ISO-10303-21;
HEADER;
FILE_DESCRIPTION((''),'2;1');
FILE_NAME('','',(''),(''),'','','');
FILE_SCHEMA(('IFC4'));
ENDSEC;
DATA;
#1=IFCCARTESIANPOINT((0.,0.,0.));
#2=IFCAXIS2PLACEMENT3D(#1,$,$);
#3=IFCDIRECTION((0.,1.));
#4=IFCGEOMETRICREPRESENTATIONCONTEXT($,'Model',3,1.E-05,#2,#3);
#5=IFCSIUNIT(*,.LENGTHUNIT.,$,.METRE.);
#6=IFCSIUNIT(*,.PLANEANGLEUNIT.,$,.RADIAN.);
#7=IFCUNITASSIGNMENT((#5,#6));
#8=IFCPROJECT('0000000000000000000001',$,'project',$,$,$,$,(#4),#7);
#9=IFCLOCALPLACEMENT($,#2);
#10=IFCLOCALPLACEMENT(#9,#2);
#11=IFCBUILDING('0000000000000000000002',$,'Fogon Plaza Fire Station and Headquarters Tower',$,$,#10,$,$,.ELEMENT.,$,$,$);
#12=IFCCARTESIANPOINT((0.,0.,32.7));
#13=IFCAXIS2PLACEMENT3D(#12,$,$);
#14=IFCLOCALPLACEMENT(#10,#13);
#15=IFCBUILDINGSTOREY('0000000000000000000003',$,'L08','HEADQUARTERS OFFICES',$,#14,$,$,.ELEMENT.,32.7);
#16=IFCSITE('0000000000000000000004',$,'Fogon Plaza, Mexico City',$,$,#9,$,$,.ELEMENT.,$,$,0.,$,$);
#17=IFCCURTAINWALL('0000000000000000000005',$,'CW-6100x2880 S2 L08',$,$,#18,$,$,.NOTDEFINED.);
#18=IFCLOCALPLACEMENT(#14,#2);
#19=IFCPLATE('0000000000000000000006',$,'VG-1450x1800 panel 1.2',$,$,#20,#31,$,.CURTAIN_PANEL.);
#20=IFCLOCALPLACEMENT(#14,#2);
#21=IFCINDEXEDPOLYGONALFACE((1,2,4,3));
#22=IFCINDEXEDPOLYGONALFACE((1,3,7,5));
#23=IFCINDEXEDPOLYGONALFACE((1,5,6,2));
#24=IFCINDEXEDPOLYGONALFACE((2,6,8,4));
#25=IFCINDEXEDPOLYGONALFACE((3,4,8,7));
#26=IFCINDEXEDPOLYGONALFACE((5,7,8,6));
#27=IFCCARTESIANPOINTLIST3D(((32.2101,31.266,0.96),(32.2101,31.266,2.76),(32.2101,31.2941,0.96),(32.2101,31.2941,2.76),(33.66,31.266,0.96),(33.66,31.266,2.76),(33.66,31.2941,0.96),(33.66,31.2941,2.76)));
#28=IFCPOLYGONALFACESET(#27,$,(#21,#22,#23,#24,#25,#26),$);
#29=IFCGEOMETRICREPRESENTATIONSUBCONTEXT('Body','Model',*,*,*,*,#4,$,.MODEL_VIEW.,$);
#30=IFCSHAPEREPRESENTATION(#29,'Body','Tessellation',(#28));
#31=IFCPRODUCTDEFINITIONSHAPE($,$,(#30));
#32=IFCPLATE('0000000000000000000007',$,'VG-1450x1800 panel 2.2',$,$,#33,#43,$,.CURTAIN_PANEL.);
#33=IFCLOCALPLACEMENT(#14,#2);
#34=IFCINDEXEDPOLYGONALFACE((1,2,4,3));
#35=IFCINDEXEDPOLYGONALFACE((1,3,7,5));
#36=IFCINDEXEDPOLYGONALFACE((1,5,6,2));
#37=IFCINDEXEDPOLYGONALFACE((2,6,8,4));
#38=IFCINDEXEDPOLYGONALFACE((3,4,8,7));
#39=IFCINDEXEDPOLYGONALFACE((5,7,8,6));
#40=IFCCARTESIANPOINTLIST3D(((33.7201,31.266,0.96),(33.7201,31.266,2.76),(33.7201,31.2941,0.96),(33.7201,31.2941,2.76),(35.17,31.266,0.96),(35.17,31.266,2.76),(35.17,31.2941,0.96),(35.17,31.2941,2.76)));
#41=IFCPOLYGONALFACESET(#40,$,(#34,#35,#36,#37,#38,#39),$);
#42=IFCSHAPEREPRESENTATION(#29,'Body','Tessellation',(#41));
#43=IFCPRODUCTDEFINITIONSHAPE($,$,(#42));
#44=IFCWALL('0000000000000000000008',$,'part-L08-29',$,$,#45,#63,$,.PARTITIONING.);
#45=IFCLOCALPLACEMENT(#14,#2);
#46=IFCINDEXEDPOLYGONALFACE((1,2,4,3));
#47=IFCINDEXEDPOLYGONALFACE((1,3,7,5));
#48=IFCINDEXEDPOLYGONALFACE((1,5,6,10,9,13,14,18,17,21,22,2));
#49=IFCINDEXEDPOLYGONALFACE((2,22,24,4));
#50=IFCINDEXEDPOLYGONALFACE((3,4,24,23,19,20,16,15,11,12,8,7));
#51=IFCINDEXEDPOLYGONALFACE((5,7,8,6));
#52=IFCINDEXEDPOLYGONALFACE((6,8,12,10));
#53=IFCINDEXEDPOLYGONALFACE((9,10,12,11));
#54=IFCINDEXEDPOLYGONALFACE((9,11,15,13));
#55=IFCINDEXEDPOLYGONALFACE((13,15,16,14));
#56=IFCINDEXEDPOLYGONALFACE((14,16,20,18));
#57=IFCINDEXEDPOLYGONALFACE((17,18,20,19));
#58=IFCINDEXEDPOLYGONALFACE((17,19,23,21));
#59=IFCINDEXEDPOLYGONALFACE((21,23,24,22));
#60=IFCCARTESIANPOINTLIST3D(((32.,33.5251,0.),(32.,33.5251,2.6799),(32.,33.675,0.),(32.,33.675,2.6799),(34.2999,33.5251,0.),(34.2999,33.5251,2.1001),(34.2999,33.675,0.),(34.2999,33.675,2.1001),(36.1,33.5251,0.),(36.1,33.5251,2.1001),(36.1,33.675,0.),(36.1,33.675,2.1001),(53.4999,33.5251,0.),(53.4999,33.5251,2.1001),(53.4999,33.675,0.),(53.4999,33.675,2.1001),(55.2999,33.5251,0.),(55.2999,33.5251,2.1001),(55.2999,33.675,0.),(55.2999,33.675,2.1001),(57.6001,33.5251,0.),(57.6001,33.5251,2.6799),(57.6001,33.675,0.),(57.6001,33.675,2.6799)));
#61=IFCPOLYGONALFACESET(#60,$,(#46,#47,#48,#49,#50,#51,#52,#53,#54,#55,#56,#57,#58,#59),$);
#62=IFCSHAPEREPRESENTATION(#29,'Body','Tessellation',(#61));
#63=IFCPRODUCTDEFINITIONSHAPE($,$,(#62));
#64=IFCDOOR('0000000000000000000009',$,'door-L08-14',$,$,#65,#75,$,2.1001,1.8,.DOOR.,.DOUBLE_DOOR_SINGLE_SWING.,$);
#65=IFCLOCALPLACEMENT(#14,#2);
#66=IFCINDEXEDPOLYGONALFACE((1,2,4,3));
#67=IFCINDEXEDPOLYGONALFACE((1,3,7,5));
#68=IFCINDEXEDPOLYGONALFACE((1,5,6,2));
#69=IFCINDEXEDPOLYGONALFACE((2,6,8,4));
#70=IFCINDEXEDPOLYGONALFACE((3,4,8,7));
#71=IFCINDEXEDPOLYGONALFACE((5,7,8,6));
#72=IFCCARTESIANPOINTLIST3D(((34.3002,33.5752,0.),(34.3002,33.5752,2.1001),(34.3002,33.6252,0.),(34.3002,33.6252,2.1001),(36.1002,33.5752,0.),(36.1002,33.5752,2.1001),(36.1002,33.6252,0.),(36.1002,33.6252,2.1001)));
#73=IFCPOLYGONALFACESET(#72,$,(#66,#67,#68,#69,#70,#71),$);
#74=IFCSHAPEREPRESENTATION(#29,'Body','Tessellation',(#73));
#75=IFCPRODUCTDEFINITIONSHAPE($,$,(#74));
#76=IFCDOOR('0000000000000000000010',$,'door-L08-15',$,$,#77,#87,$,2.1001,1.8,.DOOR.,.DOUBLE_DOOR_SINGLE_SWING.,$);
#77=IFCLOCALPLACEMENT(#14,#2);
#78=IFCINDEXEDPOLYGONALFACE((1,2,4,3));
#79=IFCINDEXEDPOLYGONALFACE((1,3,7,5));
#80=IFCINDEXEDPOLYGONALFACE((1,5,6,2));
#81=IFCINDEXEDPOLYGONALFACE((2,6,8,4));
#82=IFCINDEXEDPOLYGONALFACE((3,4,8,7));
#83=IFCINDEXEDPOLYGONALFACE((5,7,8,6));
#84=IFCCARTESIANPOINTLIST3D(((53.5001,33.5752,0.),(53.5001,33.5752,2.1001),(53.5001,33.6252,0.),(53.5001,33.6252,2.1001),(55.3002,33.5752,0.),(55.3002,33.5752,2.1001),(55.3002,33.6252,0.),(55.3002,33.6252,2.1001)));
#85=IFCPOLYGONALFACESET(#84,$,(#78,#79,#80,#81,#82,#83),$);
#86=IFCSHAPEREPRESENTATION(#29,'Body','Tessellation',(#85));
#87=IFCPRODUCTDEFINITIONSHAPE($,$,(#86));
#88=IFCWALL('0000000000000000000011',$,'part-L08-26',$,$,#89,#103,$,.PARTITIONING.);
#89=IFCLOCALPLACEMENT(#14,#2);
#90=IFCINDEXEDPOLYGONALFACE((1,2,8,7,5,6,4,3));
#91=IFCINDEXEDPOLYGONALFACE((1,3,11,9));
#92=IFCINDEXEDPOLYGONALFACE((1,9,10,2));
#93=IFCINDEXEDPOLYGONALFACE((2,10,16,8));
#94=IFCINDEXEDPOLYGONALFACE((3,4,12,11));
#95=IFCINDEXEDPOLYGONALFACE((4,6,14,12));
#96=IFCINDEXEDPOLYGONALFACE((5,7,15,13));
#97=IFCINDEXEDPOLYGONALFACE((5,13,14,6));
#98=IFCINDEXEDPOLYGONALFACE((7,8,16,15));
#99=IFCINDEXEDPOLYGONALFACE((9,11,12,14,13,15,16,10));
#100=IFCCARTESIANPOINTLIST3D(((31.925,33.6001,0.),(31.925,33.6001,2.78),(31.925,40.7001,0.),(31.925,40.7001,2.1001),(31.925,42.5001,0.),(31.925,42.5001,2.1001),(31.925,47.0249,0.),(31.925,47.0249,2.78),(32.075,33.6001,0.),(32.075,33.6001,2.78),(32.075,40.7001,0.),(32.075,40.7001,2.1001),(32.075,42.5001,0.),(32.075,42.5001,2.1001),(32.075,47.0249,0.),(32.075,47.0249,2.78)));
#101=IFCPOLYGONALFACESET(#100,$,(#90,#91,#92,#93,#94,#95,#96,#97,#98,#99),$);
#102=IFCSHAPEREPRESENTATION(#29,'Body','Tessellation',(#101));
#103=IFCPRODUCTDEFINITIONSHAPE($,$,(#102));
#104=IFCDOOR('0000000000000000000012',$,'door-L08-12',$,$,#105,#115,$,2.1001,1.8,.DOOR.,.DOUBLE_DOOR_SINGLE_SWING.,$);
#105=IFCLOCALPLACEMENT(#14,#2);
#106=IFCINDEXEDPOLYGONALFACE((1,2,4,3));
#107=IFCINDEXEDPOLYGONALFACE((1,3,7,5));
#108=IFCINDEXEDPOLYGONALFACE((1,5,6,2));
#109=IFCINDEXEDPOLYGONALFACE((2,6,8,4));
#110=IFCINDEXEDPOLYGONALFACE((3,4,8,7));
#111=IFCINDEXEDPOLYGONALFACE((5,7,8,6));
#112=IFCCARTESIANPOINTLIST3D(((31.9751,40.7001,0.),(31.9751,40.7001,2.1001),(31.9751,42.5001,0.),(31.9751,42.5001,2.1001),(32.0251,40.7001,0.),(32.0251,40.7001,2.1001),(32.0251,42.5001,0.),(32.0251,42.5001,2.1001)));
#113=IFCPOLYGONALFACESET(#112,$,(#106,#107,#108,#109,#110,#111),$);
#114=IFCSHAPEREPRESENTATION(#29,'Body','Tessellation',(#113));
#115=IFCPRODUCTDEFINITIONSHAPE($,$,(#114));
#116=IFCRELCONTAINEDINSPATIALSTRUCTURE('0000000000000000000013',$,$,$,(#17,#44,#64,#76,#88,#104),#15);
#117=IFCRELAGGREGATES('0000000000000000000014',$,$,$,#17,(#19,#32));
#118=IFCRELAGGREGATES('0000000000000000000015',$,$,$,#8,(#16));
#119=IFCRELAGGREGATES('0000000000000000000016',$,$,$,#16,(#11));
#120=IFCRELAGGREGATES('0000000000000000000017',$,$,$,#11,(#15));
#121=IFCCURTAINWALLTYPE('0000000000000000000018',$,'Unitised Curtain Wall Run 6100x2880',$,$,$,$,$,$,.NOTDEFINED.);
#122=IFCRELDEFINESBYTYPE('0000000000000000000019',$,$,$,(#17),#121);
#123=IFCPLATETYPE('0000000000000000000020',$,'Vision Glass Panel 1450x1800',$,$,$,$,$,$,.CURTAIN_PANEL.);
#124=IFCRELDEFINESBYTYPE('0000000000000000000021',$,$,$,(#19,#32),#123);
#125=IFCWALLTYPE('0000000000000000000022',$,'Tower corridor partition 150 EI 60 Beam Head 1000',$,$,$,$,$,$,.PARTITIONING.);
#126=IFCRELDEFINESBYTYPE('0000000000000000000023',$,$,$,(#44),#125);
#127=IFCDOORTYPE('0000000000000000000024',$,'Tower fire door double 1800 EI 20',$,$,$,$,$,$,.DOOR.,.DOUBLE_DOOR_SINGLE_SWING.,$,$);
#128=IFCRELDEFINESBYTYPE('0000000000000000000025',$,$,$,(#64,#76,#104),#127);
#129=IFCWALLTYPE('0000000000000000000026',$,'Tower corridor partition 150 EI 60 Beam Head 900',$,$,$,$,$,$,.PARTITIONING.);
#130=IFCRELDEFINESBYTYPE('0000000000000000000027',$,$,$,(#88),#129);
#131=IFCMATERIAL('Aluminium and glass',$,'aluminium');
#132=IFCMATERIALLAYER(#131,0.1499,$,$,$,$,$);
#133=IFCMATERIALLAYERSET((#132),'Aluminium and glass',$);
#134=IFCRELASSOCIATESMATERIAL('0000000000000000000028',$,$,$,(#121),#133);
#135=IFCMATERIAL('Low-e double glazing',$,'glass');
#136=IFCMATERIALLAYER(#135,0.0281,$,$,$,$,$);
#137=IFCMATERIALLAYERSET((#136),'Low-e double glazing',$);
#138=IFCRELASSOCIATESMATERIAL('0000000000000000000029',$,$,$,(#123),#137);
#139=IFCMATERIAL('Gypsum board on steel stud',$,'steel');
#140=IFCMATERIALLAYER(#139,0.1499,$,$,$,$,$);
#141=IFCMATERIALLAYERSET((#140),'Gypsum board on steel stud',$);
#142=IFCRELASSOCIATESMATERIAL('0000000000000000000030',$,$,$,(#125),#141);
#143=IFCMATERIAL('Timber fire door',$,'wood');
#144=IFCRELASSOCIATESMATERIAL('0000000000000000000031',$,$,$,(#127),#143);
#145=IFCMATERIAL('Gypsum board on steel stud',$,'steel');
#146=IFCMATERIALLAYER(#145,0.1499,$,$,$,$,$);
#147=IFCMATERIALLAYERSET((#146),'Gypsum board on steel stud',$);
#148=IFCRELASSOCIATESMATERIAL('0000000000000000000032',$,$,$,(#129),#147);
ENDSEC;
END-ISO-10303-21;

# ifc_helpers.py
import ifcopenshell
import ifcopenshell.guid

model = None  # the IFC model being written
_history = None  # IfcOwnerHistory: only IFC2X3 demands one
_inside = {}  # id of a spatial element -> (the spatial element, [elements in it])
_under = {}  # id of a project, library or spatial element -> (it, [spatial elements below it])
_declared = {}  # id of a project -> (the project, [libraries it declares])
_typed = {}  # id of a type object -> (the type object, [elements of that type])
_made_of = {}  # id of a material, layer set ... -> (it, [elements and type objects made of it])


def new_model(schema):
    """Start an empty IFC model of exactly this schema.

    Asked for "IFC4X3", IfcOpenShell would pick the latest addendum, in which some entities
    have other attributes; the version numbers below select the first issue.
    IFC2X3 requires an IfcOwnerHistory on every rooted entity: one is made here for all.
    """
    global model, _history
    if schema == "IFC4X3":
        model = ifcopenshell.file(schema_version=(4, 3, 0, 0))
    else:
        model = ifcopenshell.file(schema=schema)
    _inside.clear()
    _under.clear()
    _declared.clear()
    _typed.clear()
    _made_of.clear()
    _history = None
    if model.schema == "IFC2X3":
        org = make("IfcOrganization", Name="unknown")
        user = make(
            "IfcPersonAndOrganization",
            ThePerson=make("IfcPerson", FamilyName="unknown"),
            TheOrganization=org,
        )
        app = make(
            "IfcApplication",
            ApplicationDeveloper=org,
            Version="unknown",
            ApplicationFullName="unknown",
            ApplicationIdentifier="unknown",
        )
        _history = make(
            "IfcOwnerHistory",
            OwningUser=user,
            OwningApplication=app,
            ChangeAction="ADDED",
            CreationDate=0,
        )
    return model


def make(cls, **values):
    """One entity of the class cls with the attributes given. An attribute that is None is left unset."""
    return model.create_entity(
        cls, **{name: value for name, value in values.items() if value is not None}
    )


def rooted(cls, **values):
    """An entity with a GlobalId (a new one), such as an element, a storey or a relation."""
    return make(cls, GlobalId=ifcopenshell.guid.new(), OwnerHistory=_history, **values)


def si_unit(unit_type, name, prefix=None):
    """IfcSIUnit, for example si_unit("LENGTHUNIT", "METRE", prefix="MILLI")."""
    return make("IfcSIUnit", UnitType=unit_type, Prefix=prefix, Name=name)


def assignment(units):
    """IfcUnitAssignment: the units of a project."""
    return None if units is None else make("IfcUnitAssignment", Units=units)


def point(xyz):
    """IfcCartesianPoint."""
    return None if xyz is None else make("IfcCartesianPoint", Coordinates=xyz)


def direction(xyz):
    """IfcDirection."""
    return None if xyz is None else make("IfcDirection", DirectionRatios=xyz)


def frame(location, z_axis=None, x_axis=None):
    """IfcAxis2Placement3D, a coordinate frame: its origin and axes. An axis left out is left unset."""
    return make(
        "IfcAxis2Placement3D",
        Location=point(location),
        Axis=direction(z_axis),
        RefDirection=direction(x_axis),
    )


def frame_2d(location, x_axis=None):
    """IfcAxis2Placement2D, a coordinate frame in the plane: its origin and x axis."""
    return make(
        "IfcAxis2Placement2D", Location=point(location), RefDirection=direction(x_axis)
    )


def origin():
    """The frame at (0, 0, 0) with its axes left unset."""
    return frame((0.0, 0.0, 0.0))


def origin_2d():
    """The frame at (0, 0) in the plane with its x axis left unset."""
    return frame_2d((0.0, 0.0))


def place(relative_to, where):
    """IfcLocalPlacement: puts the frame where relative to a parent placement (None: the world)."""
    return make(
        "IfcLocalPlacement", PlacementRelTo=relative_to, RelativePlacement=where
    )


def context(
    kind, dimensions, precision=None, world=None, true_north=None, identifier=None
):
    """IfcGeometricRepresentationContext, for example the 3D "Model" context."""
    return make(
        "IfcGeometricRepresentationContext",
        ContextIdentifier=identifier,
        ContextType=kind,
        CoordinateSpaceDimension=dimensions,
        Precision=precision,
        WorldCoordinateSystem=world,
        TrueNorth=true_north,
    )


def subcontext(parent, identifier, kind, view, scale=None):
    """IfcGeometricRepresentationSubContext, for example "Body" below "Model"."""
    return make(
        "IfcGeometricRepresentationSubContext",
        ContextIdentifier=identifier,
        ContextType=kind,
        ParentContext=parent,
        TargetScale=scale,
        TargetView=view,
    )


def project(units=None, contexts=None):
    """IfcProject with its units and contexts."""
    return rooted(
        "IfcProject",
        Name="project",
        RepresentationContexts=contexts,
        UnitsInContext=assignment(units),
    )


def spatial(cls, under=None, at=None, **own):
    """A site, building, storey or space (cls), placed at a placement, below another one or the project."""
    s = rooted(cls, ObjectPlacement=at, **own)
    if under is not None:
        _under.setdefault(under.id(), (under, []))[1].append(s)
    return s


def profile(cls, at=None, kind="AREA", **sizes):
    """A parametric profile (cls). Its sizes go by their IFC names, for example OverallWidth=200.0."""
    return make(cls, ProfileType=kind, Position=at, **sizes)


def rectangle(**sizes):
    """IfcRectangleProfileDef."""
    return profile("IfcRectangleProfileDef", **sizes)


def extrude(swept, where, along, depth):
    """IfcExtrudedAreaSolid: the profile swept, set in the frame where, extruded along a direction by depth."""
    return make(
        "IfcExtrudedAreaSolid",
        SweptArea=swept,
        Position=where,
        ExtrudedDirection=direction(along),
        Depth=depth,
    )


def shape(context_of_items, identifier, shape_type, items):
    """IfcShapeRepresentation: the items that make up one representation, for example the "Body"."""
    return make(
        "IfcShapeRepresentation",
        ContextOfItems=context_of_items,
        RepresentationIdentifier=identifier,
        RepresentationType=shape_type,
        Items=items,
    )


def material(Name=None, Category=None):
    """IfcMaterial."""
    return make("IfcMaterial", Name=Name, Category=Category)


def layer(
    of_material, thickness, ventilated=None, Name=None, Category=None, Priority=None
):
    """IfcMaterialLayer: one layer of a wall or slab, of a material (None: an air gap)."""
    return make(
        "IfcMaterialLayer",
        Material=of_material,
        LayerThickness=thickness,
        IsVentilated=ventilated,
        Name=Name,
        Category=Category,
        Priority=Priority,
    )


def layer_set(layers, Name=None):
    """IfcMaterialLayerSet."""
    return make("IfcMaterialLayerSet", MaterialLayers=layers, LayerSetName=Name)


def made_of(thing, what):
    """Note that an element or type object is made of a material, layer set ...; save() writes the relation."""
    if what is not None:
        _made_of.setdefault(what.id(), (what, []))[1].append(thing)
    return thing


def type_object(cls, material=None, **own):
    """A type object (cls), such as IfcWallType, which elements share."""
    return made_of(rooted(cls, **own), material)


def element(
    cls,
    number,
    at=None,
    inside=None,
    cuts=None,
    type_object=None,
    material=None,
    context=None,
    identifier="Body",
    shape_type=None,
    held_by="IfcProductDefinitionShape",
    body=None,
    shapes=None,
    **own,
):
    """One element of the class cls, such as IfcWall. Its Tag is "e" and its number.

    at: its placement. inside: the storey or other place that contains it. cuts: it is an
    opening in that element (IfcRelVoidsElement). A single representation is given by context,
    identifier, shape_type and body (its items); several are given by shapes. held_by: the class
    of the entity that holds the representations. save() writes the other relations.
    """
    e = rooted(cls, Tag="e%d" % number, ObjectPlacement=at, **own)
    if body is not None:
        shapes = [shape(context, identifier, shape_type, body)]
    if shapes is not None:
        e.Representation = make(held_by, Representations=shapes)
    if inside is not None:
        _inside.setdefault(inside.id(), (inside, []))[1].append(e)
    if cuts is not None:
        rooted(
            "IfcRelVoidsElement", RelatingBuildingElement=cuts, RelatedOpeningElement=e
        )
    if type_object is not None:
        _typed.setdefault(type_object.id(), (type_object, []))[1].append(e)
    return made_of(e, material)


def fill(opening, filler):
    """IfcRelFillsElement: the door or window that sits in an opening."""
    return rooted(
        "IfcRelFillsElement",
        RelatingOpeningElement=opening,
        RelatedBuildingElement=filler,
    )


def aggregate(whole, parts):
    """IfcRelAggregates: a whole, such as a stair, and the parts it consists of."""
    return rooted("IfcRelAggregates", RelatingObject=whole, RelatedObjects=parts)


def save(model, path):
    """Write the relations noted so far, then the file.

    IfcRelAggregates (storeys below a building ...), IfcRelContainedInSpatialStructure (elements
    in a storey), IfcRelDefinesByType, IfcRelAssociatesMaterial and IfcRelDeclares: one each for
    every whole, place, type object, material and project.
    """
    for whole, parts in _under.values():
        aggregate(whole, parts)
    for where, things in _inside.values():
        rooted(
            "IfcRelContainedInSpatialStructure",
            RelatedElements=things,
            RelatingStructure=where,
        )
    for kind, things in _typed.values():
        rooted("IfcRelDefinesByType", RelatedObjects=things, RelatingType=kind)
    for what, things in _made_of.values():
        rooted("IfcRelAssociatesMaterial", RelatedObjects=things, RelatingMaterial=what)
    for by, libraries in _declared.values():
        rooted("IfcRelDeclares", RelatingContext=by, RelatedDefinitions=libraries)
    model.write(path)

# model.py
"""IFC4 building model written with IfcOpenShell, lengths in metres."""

from ifc_helpers import new_model, si_unit, direction, frame, frame_2d, origin, origin_2d, place, context, subcontext, project, spatial, rectangle, extrude, material, layer, layer_set, type_object, element, fill, aggregate, save


model = new_model("IFC4")

# Units and contexts
model_context = context("Model", 3, precision=1e-05, world=origin(), true_north=direction((0.0, 1.0)))
body_context = subcontext(model_context, "Body", "Model", "MODEL_VIEW")
ifc_project = project(units=[si_unit("LENGTHUNIT", "METRE"), si_unit("PLANEANGLEUNIT", "RADIAN")], contexts=[model_context])

# Site, building, storey
site_placement = place(None, origin())
site = spatial("IfcSite", under=ifc_project, at=site_placement, Name="Fogon Plaza, Mexico City", CompositionType="ELEMENT", RefElevation=0.0)
building_placement = place(site_placement, origin())
building = spatial("IfcBuilding", under=site, at=building_placement, Name="Fogon Plaza Fire Station and Headquarters Tower", CompositionType="ELEMENT")
storey_placement = place(building_placement, frame((0.0, 0.0, 32.7)))
storey = spatial("IfcBuildingStorey", under=building, at=storey_placement, Name="L08", Description="HEADQUARTERS OFFICES", CompositionType="ELEMENT", Elevation=32.7)

# Curtain wall
ifc_material_1 = material(Name="Aluminium and glass", Category="aluminium")
ifc_layer_1 = layer(ifc_material_1, 0.1499)
ifc_layer_set_1 = layer_set([ifc_layer_1], Name="Aluminium and glass")
curtain_wall_type = type_object("IfcCurtainWallType", Name="Unitised Curtain Wall Run 6100x2880", PredefinedType="NOTDEFINED", material=ifc_layer_set_1)
curtain_wall_placement = place(storey_placement, origin())
curtain_wall = element("IfcCurtainWall", 1, at=curtain_wall_placement, inside=storey, type_object=curtain_wall_type, Name="CW-6100x2880 S2 L08", PredefinedType="NOTDEFINED")

# Plates
ifc_material_2 = material(Name="Low-e double glazing", Category="glass")
ifc_layer_2 = layer(ifc_material_2, 0.0281)
ifc_layer_set_2 = layer_set([ifc_layer_2], Name="Low-e double glazing")
plate_type_1 = type_object("IfcPlateType", Name="Vision Glass Panel 1450x1800", PredefinedType="CURTAIN_PANEL", material=ifc_layer_set_2)
plate_1_placement = place(storey_placement, frame((32.9351, 31.28, 0.96), z_axis=(0.0, 0.0, 1.0), x_axis=(1.0, 0.0, 0.0)))
plate_1 = element("IfcPlate", 2, at=plate_1_placement, type_object=plate_type_1, Name="VG-1450x1800 panel 1.2", PredefinedType="CURTAIN_PANEL", context=body_context, shape_type="SweptSolid", body=[
    extrude(rectangle(XDim=1.45, YDim=0.0281, at=origin_2d()), origin(), (0.0, 0.0, 1.0), 1.8),
])
plate_2_placement = place(storey_placement, frame((34.4451, 31.28, 0.96), z_axis=(0.0, 0.0, 1.0), x_axis=(1.0, 0.0, 0.0)))
plate_2 = element("IfcPlate", 3, at=plate_2_placement, type_object=plate_type_1, Name="VG-1450x1800 panel 2.2", PredefinedType="CURTAIN_PANEL", context=body_context, shape_type="SweptSolid", body=[
    extrude(rectangle(XDim=1.45, YDim=0.0281, at=origin_2d()), origin(), (0.0, 0.0, 1.0), 1.8),
])
aggregate(curtain_wall, [plate_1, plate_2])

# Wall, openings, doors
ifc_material_3 = material(Name="Gypsum board on steel stud", Category="steel")
ifc_layer_3 = layer(ifc_material_3, 0.1499)
ifc_layer_set_3 = layer_set([ifc_layer_3], Name="Gypsum board on steel stud")
wall_type_1 = type_object("IfcWallType", Name="Tower corridor partition 150 EI 60 Beam Head 1000", PredefinedType="PARTITIONING", material=ifc_layer_set_3)
wall_1_placement = place(storey_placement, frame((32.0, 33.6001, 0.0), z_axis=(0.0, 0.0, 1.0), x_axis=(1.0, 0.0, 0.0)))
wall_1 = element("IfcWall", 4, at=wall_1_placement, inside=storey, type_object=wall_type_1, Name="part-L08-29", PredefinedType="PARTITIONING", context=body_context, shape_type="SweptSolid", body=[
    extrude(rectangle(XDim=25.6001, YDim=0.1499, at=frame_2d((12.8, 0.0))), origin(), (0.0, 0.0, 1.0), 2.6799),
])
opening_1_placement = place(wall_1_placement, frame((2.3, 0.0, 0.0)))
opening_1 = element("IfcOpeningElement", 5, at=opening_1_placement, cuts=wall_1, PredefinedType="OPENING", context=body_context, shape_type="SweptSolid", body=[
    extrude(rectangle(XDim=1.8, YDim=2.1001, at=frame_2d((0.8999, 1.05))), frame((0.0, 0.085, 0.0), z_axis=(0.0, -1.0, 0.0), x_axis=(1.0, 0.0, 0.0)), (0.0, 0.0, 1.0), 0.1699),
])
opening_2_placement = place(wall_1_placement, frame((21.5, 0.0, 0.0)))
opening_2 = element("IfcOpeningElement", 6, at=opening_2_placement, cuts=wall_1, PredefinedType="OPENING", context=body_context, shape_type="SweptSolid", body=[
    extrude(rectangle(XDim=1.8, YDim=2.1001, at=frame_2d((0.8999, 1.05))), frame((0.0, 0.085, 0.0), z_axis=(0.0, -1.0, 0.0), x_axis=(1.0, 0.0, 0.0)), (0.0, 0.0, 1.0), 0.1699),
])
ifc_material_4 = material(Name="Timber fire door", Category="wood")
door_type = type_object("IfcDoorType", Name="Tower fire door double 1800 EI 20", OperationType="DOUBLE_DOOR_SINGLE_SWING", PredefinedType="DOOR", material=ifc_material_4)
door_1_placement = place(opening_1_placement, frame((1.8, 0.0, 0.0), z_axis=(0.0, 0.0, 1.0), x_axis=(-1.0, 0.0, 0.0)))
door_1 = element("IfcDoor", 7, at=door_1_placement, inside=storey, type_object=door_type, Name="door-L08-14", OperationType="DOUBLE_DOOR_SINGLE_SWING", OverallHeight=2.1001, OverallWidth=1.8, PredefinedType="DOOR", context=body_context, shape_type="SweptSolid", body=[
    extrude(rectangle(XDim=1.8, YDim=2.1001, at=frame_2d((0.8999, 1.05))), frame((0.0, 0.0249, 0.0), z_axis=(0.0, -1.0, 0.0), x_axis=(1.0, 0.0, 0.0)), (0.0, 0.0, 1.0), 0.05),
])
fill(opening_1, door_1)
door_2_placement = place(opening_2_placement, frame((1.8, 0.0, 0.0), z_axis=(0.0, 0.0, 1.0), x_axis=(-1.0, 0.0, 0.0)))
door_2 = element("IfcDoor", 8, at=door_2_placement, inside=storey, type_object=door_type, Name="door-L08-15", OperationType="DOUBLE_DOOR_SINGLE_SWING", OverallHeight=2.1001, OverallWidth=1.8, PredefinedType="DOOR", context=body_context, shape_type="SweptSolid", body=[
    extrude(rectangle(XDim=1.8, YDim=2.1001, at=frame_2d((0.8999, 1.05))), frame((0.0, 0.0249, 0.0), z_axis=(0.0, -1.0, 0.0), x_axis=(1.0, 0.0, 0.0)), (0.0, 0.0, 1.0), 0.05),
])
fill(opening_2, door_2)

# Wall, opening, door
ifc_material_5 = material(Name="Gypsum board on steel stud", Category="steel")
ifc_layer_4 = layer(ifc_material_5, 0.1499)
ifc_layer_set_4 = layer_set([ifc_layer_4], Name="Gypsum board on steel stud")
wall_type_2 = type_object("IfcWallType", Name="Tower corridor partition 150 EI 60 Beam Head 900", PredefinedType="PARTITIONING", material=ifc_layer_set_4)
wall_2_placement = place(storey_placement, frame((32.0, 33.6001, 0.0), z_axis=(0.0, 0.0, 1.0), x_axis=(0.0, 1.0, 0.0)))
wall_2 = element("IfcWall", 9, at=wall_2_placement, inside=storey, type_object=wall_type_2, Name="part-L08-26", PredefinedType="PARTITIONING", context=body_context, shape_type="SweptSolid", body=[
    extrude(rectangle(XDim=13.4248, YDim=0.1499, at=frame_2d((6.7124, 0.0))), origin(), (0.0, 0.0, 1.0), 2.78),
])
opening_3_placement = place(wall_2_placement, frame((7.1001, 0.0, 0.0)))
opening_3 = element("IfcOpeningElement", 10, at=opening_3_placement, cuts=wall_2, PredefinedType="OPENING", context=body_context, shape_type="SweptSolid", body=[
    extrude(rectangle(XDim=1.8, YDim=2.1001, at=frame_2d((0.8999, 1.05))), frame((0.0, 0.085, 0.0), z_axis=(0.0, -1.0, 0.0), x_axis=(1.0, 0.0, 0.0)), (0.0, 0.0, 1.0), 0.1699),
])
door_3_placement = place(opening_3_placement, origin())
door_3 = element("IfcDoor", 11, at=door_3_placement, inside=storey, type_object=door_type, Name="door-L08-12", OperationType="DOUBLE_DOOR_SINGLE_SWING", OverallHeight=2.1001, OverallWidth=1.8, PredefinedType="DOOR", context=body_context, shape_type="SweptSolid", body=[
    extrude(rectangle(XDim=1.8, YDim=2.1001, at=frame_2d((0.8999, 1.05))), frame((0.0, 0.0249, 0.0), z_axis=(0.0, -1.0, 0.0), x_axis=(1.0, 0.0, 0.0)), (0.0, 0.0, 1.0), 0.05),
])
fill(opening_3, door_3)

save(model, "model.ifc")
